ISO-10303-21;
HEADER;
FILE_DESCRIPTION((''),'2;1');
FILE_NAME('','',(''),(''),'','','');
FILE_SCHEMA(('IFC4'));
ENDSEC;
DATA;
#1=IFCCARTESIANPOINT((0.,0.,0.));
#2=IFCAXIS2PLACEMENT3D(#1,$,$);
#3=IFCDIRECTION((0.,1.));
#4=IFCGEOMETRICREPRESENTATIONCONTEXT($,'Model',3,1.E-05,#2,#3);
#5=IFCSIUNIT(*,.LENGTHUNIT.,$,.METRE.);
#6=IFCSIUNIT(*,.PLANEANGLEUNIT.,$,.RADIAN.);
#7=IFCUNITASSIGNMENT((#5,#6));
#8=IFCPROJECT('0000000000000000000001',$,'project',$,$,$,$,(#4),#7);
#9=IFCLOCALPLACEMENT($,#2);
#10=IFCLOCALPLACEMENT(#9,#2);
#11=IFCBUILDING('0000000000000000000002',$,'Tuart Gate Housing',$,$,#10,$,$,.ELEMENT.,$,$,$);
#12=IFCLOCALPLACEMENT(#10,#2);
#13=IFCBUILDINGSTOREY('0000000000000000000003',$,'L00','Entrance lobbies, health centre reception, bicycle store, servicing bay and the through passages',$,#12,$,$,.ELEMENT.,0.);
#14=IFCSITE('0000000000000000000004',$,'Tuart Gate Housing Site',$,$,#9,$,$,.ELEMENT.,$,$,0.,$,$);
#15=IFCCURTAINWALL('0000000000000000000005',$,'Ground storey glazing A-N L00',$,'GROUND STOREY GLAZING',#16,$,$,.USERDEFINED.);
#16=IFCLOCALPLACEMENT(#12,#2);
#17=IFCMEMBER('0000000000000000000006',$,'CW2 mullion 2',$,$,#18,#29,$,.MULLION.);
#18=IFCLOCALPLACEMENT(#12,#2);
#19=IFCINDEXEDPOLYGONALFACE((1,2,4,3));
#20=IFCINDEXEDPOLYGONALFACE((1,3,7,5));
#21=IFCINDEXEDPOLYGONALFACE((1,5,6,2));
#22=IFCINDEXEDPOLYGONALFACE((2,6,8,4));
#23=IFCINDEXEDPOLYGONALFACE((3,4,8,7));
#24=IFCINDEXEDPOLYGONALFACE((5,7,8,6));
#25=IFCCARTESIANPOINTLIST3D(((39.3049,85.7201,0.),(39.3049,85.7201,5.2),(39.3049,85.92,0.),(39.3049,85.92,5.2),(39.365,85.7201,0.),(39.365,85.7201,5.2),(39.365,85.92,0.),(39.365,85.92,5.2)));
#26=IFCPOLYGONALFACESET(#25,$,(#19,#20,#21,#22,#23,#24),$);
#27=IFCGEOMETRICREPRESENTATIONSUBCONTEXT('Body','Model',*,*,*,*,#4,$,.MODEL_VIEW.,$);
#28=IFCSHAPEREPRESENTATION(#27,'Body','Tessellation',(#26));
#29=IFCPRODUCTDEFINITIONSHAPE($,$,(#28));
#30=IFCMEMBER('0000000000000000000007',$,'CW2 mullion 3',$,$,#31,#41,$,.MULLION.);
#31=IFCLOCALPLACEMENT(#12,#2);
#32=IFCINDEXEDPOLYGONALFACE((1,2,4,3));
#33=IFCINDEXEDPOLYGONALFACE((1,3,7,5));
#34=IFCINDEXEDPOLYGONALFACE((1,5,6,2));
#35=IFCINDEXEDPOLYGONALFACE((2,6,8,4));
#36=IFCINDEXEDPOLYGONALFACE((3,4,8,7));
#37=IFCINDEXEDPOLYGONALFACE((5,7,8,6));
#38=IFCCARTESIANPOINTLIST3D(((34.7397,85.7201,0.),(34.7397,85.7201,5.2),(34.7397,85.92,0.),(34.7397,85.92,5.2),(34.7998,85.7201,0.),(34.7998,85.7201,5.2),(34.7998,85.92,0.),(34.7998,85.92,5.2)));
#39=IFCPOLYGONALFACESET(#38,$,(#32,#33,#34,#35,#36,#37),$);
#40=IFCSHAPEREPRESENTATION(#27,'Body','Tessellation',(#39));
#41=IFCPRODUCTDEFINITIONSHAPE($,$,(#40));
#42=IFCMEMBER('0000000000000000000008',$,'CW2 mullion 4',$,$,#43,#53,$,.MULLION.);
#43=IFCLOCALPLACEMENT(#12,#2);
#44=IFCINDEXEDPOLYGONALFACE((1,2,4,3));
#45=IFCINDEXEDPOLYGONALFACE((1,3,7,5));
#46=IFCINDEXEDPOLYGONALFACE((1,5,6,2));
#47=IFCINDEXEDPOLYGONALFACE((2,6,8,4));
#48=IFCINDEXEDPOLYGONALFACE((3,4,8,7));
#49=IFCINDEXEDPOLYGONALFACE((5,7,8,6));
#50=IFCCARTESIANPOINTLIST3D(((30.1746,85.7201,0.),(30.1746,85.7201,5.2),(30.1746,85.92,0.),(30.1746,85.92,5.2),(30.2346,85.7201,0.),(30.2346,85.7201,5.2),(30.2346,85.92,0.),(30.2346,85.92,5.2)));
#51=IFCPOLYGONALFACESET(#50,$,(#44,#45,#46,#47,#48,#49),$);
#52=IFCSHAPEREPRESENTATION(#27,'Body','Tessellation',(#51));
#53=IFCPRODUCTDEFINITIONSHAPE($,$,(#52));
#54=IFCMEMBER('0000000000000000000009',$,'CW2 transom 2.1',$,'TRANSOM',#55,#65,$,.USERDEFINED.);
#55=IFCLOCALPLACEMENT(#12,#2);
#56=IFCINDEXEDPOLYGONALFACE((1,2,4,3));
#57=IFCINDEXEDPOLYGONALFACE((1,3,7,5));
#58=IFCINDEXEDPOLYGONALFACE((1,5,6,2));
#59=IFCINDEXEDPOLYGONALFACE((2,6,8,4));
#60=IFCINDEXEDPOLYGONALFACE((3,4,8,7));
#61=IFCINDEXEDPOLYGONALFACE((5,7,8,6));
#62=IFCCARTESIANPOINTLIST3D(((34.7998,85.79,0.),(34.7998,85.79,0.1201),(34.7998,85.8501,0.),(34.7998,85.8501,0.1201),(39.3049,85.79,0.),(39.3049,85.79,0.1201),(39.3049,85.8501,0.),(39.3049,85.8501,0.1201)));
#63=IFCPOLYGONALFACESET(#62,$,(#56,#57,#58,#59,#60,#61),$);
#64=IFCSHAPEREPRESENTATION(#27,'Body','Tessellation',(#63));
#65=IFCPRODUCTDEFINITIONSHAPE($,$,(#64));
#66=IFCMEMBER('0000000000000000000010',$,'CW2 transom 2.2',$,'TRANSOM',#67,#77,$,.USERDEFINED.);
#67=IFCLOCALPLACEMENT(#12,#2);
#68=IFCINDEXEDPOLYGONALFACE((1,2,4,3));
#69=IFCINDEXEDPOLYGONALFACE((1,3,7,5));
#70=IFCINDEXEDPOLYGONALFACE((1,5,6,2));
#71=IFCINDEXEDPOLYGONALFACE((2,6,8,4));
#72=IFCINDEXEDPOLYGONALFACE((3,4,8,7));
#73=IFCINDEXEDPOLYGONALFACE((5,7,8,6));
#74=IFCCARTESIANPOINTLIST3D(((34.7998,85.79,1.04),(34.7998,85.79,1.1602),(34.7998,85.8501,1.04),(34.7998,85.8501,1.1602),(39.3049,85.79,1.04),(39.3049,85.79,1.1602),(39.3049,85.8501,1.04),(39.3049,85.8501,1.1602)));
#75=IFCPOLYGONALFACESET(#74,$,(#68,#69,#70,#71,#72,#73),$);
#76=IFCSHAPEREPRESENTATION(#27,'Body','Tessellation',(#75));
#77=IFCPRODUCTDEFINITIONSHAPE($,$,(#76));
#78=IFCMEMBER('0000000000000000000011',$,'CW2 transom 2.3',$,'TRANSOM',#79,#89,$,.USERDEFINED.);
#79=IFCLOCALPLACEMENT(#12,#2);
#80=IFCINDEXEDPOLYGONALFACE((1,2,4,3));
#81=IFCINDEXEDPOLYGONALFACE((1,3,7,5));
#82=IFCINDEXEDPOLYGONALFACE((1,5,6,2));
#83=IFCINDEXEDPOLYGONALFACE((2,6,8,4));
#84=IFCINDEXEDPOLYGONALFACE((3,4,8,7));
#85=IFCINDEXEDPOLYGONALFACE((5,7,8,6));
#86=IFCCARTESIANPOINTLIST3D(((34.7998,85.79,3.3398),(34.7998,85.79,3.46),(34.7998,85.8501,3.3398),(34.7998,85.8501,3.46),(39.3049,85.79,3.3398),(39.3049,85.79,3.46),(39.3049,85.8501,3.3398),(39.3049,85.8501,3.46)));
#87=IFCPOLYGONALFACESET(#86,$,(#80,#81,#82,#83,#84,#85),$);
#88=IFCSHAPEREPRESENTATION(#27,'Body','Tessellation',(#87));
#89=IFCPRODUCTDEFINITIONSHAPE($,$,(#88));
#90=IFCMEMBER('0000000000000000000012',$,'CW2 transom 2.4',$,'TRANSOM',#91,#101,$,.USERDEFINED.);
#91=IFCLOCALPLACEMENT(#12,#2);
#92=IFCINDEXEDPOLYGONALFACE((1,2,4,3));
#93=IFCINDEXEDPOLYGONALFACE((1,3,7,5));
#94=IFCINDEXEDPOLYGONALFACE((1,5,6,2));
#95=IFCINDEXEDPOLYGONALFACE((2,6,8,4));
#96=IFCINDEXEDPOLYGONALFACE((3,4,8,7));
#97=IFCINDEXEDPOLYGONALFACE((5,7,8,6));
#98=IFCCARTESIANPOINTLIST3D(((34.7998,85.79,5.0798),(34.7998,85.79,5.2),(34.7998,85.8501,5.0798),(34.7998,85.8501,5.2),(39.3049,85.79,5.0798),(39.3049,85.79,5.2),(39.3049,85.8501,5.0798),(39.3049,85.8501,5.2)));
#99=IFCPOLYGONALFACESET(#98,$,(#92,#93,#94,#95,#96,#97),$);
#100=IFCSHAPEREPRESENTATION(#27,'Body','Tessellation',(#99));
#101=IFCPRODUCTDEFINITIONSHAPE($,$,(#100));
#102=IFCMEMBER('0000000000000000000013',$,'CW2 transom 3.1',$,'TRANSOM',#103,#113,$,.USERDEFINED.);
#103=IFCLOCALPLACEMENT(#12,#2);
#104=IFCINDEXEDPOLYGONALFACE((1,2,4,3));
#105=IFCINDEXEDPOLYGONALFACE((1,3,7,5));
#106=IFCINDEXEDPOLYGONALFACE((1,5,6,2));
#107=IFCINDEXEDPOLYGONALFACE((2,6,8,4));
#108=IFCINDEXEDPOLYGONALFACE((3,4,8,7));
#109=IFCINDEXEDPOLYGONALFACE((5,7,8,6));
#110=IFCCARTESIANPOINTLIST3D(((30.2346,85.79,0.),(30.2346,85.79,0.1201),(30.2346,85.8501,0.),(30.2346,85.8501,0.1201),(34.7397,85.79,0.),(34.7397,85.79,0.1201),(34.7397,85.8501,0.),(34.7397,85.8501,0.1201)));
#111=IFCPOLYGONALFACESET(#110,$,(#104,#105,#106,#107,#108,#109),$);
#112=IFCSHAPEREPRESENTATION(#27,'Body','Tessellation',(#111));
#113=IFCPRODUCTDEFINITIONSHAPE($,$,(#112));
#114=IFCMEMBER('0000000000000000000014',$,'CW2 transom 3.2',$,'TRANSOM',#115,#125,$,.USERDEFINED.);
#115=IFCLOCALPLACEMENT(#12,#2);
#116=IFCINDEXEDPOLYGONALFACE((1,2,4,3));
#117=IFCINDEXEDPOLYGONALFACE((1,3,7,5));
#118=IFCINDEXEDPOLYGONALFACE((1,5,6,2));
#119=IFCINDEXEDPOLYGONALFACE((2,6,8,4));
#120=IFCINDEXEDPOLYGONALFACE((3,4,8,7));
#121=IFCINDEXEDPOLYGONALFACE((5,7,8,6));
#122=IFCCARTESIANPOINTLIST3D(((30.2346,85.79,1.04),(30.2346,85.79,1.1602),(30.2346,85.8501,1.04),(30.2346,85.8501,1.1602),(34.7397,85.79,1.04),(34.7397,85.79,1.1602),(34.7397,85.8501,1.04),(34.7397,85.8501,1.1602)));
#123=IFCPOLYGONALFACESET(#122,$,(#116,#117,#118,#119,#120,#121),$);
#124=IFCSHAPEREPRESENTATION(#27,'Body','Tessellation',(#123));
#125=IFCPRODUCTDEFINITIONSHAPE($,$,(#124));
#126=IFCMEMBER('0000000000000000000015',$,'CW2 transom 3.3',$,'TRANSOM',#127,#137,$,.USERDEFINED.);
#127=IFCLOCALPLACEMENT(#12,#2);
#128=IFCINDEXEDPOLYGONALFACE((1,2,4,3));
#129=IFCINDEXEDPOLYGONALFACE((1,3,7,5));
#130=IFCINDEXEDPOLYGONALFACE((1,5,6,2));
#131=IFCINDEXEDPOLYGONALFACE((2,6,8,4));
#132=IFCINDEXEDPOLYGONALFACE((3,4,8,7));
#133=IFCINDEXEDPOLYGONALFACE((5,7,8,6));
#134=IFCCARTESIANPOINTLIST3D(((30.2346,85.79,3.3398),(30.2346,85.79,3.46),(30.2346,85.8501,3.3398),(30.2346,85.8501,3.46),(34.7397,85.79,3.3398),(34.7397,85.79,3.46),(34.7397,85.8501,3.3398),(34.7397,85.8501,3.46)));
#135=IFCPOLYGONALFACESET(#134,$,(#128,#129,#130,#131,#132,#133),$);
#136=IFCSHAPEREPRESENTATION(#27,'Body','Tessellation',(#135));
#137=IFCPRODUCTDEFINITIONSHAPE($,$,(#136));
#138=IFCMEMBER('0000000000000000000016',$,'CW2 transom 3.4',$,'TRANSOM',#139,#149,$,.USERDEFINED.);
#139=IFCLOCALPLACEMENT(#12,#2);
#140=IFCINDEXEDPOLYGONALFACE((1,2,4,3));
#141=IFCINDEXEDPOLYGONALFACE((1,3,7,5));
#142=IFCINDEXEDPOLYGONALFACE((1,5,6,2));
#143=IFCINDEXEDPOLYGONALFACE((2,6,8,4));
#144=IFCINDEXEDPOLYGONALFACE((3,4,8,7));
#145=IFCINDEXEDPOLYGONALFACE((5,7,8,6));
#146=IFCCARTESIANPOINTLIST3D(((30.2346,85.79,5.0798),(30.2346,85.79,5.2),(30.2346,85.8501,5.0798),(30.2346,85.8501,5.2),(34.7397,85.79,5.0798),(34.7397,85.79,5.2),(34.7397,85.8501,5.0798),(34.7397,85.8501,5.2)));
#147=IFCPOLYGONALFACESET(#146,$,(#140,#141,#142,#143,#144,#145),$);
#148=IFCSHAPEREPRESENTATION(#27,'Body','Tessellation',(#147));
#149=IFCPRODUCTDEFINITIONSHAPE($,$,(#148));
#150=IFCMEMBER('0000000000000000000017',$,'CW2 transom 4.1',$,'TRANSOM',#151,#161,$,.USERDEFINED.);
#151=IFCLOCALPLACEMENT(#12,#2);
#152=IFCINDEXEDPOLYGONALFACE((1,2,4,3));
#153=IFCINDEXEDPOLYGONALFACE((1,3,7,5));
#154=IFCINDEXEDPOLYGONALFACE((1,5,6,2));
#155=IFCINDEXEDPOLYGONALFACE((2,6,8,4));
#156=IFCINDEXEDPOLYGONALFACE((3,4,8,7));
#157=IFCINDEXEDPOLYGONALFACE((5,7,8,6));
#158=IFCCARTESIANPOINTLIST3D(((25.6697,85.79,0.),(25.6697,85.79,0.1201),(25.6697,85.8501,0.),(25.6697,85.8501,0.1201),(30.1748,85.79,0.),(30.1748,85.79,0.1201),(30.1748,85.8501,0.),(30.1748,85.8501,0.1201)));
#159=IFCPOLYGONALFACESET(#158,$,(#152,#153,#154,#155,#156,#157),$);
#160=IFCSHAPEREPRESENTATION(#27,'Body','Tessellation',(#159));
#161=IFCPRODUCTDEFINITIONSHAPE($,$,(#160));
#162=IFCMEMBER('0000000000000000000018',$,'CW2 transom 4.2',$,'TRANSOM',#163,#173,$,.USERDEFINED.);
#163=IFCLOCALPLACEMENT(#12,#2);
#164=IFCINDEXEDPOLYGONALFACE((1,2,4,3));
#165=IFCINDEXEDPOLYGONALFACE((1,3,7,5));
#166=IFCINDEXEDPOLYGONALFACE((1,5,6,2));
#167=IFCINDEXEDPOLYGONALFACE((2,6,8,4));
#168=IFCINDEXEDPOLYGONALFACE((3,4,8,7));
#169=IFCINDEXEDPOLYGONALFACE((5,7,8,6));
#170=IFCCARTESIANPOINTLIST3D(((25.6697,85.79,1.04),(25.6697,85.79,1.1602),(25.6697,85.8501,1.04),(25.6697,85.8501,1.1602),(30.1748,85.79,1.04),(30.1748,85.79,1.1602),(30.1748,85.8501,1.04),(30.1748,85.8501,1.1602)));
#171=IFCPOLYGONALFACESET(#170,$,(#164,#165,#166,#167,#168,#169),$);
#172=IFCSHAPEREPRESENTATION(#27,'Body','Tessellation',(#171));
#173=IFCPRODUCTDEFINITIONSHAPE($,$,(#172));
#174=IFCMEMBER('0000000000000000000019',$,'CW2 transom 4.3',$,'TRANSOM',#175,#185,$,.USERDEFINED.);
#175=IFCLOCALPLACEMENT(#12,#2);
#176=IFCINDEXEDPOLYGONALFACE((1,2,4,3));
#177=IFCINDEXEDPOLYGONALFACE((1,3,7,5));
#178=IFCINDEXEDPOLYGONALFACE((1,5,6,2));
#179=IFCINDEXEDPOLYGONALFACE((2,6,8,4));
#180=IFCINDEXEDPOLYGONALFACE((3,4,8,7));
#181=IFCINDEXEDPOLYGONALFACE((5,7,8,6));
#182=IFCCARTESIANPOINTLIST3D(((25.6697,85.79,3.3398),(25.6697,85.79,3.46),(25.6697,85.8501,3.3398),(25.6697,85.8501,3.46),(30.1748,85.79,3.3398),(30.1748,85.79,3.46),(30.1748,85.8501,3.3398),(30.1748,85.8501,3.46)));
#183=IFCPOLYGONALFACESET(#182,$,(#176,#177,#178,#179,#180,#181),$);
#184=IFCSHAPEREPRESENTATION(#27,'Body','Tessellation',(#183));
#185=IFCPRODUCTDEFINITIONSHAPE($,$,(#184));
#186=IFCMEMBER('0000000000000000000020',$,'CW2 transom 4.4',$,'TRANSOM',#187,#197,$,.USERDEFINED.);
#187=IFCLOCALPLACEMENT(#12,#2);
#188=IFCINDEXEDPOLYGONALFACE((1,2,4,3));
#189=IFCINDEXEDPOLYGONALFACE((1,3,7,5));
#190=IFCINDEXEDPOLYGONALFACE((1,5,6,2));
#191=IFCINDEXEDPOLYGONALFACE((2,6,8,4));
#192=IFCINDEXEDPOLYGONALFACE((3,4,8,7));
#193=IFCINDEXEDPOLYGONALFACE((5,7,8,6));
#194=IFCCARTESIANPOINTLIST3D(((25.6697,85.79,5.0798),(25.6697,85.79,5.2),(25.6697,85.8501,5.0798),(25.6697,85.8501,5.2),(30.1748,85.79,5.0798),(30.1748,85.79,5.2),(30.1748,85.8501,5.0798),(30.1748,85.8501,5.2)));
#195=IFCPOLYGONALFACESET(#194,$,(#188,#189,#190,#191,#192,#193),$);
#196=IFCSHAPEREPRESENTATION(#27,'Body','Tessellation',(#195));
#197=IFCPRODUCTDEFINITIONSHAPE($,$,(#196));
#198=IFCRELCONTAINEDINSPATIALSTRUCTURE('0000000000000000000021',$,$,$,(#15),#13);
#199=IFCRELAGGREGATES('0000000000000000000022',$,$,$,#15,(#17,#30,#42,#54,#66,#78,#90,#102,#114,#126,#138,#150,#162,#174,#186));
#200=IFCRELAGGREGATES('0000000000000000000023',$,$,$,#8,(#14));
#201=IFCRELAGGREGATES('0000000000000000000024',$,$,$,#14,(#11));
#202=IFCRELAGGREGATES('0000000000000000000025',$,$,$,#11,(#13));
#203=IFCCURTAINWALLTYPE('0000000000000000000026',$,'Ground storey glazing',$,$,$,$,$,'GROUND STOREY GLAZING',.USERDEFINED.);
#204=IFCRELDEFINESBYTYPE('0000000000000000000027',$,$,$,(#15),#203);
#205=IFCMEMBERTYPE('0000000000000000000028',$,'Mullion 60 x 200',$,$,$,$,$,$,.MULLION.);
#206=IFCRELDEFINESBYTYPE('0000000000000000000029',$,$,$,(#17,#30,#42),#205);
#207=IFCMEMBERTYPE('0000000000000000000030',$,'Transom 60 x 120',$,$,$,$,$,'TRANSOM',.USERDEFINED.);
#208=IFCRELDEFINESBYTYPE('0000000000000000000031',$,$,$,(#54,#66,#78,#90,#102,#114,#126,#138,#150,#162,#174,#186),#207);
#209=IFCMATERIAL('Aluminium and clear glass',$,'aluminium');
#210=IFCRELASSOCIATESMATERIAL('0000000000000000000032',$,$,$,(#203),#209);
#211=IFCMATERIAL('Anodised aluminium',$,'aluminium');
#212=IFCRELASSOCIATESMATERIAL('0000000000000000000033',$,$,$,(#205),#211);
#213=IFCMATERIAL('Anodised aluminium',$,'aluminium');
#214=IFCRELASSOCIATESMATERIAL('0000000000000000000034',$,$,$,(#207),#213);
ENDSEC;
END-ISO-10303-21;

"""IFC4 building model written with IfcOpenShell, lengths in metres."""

from ifc_helpers import new_model, si_unit, direction, frame, origin, origin_2d, place, context, subcontext, project, spatial, rectangle, extrude, material, material_profile, profile_set, type_object, element, aggregate, save


model = new_model("IFC4")

# Units and contexts
model_context = context("Model", 3, precision=1e-05, world=origin(), true_north=direction((0.0, 1.0)))
body_context = subcontext(model_context, "Body", "Model", "MODEL_VIEW")
ifc_project = project(units=[si_unit("LENGTHUNIT", "METRE"), si_unit("PLANEANGLEUNIT", "RADIAN")], contexts=[model_context])

# Site, building, storey
site_placement = place(None, origin())
site = spatial("IfcSite", under=ifc_project, at=site_placement, Name="Tuart Gate Housing Site", CompositionType="ELEMENT", RefElevation=0.0)
building_placement = place(site_placement, origin())
building = spatial("IfcBuilding", under=site, at=building_placement, Name="Tuart Gate Housing", CompositionType="ELEMENT")
storey_placement = place(building_placement, origin())
storey = spatial("IfcBuildingStorey", under=building, at=storey_placement, Name="L00", Description="Entrance lobbies, health centre reception, bicycle store, servicing bay and the through passages", CompositionType="ELEMENT", Elevation=0.0)

# Curtain wall, members
ifc_material_1 = material(Name="Aluminium and clear glass", Category="aluminium")
curtain_wall_type = type_object("IfcCurtainWallType", Name="Ground storey glazing", ElementType="GROUND STOREY GLAZING", PredefinedType="USERDEFINED", material=ifc_material_1)
curtain_wall_placement = place(storey_placement, origin())
curtain_wall = element("IfcCurtainWall", 1, at=curtain_wall_placement, inside=storey, type_object=curtain_wall_type, Name="Ground storey glazing A-N L00", ObjectType="GROUND STOREY GLAZING", PredefinedType="USERDEFINED")
ifc_material_2 = material(Name="Anodised aluminium", Category="aluminium")
ifc_material_profile_1 = material_profile(ifc_material_2, rectangle(XDim=0.0601, YDim=0.2, at=origin_2d()), Name="60x200")
ifc_profile_set_1 = profile_set([ifc_material_profile_1], Name="Anodised aluminium")
member_type_1 = type_object("IfcMemberType", Name="Mullion 60 x 200", PredefinedType="MULLION", material=ifc_profile_set_1)
member_1_placement = place(storey_placement, frame((39.335, 85.8201, 0.0), z_axis=(0.0, 0.0, 1.0), x_axis=(-1.0, 0.0, 0.0)))
member_1 = element("IfcMember", 2, at=member_1_placement, type_object=member_type_1, Name="CW2 mullion 2", PredefinedType="MULLION", context=body_context, shape_type="SweptSolid", body=[
    extrude(rectangle(XDim=0.0601, YDim=0.2, at=origin_2d()), origin(), (0.0, 0.0, 1.0), 5.2),
])
member_2_placement = place(storey_placement, frame((34.7698, 85.8201, 0.0), z_axis=(0.0, 0.0, 1.0), x_axis=(-1.0, 0.0, 0.0)))
member_2 = element("IfcMember", 3, at=member_2_placement, type_object=member_type_1, Name="CW2 mullion 3", PredefinedType="MULLION", context=body_context, shape_type="SweptSolid", body=[
    extrude(rectangle(XDim=0.0601, YDim=0.2, at=origin_2d()), origin(), (0.0, 0.0, 1.0), 5.2),
])
member_3_placement = place(storey_placement, frame((30.2046, 85.8201, 0.0), z_axis=(0.0, 0.0, 1.0), x_axis=(-1.0, 0.0, 0.0)))
member_3 = element("IfcMember", 4, at=member_3_placement, type_object=member_type_1, Name="CW2 mullion 4", PredefinedType="MULLION", context=body_context, shape_type="SweptSolid", body=[
    extrude(rectangle(XDim=0.0601, YDim=0.2, at=origin_2d()), origin(), (0.0, 0.0, 1.0), 5.2),
])
ifc_material_3 = material(Name="Anodised aluminium", Category="aluminium")
ifc_material_profile_2 = material_profile(ifc_material_3, rectangle(XDim=0.0601, YDim=0.1201, at=origin_2d()), Name="60x120")
ifc_profile_set_2 = profile_set([ifc_material_profile_2], Name="Anodised aluminium")
member_type_2 = type_object("IfcMemberType", Name="Transom 60 x 120", ElementType="TRANSOM", PredefinedType="USERDEFINED", material=ifc_profile_set_2)
member_4_placement = place(storey_placement, frame((39.3049, 85.8201, 0.0601), z_axis=(-1.0, 0.0, 0.0), x_axis=(0.0, -1.0, 0.0)))
member_4 = element("IfcMember", 5, at=member_4_placement, type_object=member_type_2, Name="CW2 transom 2.1", ObjectType="TRANSOM", PredefinedType="USERDEFINED", context=body_context, shape_type="SweptSolid", body=[
    extrude(rectangle(XDim=0.0601, YDim=0.1201, at=origin_2d()), origin(), (0.0, 0.0, 1.0), 4.5051),
])
member_5_placement = place(storey_placement, frame((39.3049, 85.8201, 1.1001), z_axis=(-1.0, 0.0, 0.0), x_axis=(0.0, -1.0, 0.0)))
member_5 = element("IfcMember", 6, at=member_5_placement, type_object=member_type_2, Name="CW2 transom 2.2", ObjectType="TRANSOM", PredefinedType="USERDEFINED", context=body_context, shape_type="SweptSolid", body=[
    extrude(rectangle(XDim=0.0601, YDim=0.1201, at=origin_2d()), origin(), (0.0, 0.0, 1.0), 4.5051),
])
member_6_placement = place(storey_placement, frame((39.3049, 85.8201, 3.3999), z_axis=(-1.0, 0.0, 0.0), x_axis=(0.0, -1.0, 0.0)))
member_6 = element("IfcMember", 7, at=member_6_placement, type_object=member_type_2, Name="CW2 transom 2.3", ObjectType="TRANSOM", PredefinedType="USERDEFINED", context=body_context, shape_type="SweptSolid", body=[
    extrude(rectangle(XDim=0.0601, YDim=0.1201, at=origin_2d()), origin(), (0.0, 0.0, 1.0), 4.5051),
])
member_7_placement = place(storey_placement, frame((39.3049, 85.8201, 5.1399), z_axis=(-1.0, 0.0, 0.0), x_axis=(0.0, -1.0, 0.0)))
member_7 = element("IfcMember", 8, at=member_7_placement, type_object=member_type_2, Name="CW2 transom 2.4", ObjectType="TRANSOM", PredefinedType="USERDEFINED", context=body_context, shape_type="SweptSolid", body=[
    extrude(rectangle(XDim=0.0601, YDim=0.1201, at=origin_2d()), origin(), (0.0, 0.0, 1.0), 4.5051),
])
member_8_placement = place(storey_placement, frame((34.7397, 85.8201, 0.0601), z_axis=(-1.0, 0.0, 0.0), x_axis=(0.0, -1.0, 0.0)))
member_8 = element("IfcMember", 9, at=member_8_placement, type_object=member_type_2, Name="CW2 transom 3.1", ObjectType="TRANSOM", PredefinedType="USERDEFINED", context=body_context, shape_type="SweptSolid", body=[
    extrude(rectangle(XDim=0.0601, YDim=0.1201, at=origin_2d()), origin(), (0.0, 0.0, 1.0), 4.5051),
])
member_9_placement = place(storey_placement, frame((34.7397, 85.8201, 1.1001), z_axis=(-1.0, 0.0, 0.0), x_axis=(0.0, -1.0, 0.0)))
member_9 = element("IfcMember", 10, at=member_9_placement, type_object=member_type_2, Name="CW2 transom 3.2", ObjectType="TRANSOM", PredefinedType="USERDEFINED", context=body_context, shape_type="SweptSolid", body=[
    extrude(rectangle(XDim=0.0601, YDim=0.1201, at=origin_2d()), origin(), (0.0, 0.0, 1.0), 4.5051),
])
member_10_placement = place(storey_placement, frame((34.7397, 85.8201, 3.3999), z_axis=(-1.0, 0.0, 0.0), x_axis=(0.0, -1.0, 0.0)))
member_10 = element("IfcMember", 11, at=member_10_placement, type_object=member_type_2, Name="CW2 transom 3.3", ObjectType="TRANSOM", PredefinedType="USERDEFINED", context=body_context, shape_type="SweptSolid", body=[
    extrude(rectangle(XDim=0.0601, YDim=0.1201, at=origin_2d()), origin(), (0.0, 0.0, 1.0), 4.5051),
])
member_11_placement = place(storey_placement, frame((34.7397, 85.8201, 5.1399), z_axis=(-1.0, 0.0, 0.0), x_axis=(0.0, -1.0, 0.0)))
member_11 = element("IfcMember", 12, at=member_11_placement, type_object=member_type_2, Name="CW2 transom 3.4", ObjectType="TRANSOM", PredefinedType="USERDEFINED", context=body_context, shape_type="SweptSolid", body=[
    extrude(rectangle(XDim=0.0601, YDim=0.1201, at=origin_2d()), origin(), (0.0, 0.0, 1.0), 4.5051),
])
member_12_placement = place(storey_placement, frame((30.1748, 85.8201, 0.0601), z_axis=(-1.0, 0.0, 0.0), x_axis=(0.0, -1.0, 0.0)))
member_12 = element("IfcMember", 13, at=member_12_placement, type_object=member_type_2, Name="CW2 transom 4.1", ObjectType="TRANSOM", PredefinedType="USERDEFINED", context=body_context, shape_type="SweptSolid", body=[
    extrude(rectangle(XDim=0.0601, YDim=0.1201, at=origin_2d()), origin(), (0.0, 0.0, 1.0), 4.5051),
])
member_13_placement = place(storey_placement, frame((30.1748, 85.8201, 1.1001), z_axis=(-1.0, 0.0, 0.0), x_axis=(0.0, -1.0, 0.0)))
member_13 = element("IfcMember", 14, at=member_13_placement, type_object=member_type_2, Name="CW2 transom 4.2", ObjectType="TRANSOM", PredefinedType="USERDEFINED", context=body_context, shape_type="SweptSolid", body=[
    extrude(rectangle(XDim=0.0601, YDim=0.1201, at=origin_2d()), origin(), (0.0, 0.0, 1.0), 4.5051),
])
member_14_placement = place(storey_placement, frame((30.1748, 85.8201, 3.3999), z_axis=(-1.0, 0.0, 0.0), x_axis=(0.0, -1.0, 0.0)))
member_14 = element("IfcMember", 15, at=member_14_placement, type_object=member_type_2, Name="CW2 transom 4.3", ObjectType="TRANSOM", PredefinedType="USERDEFINED", context=body_context, shape_type="SweptSolid", body=[
    extrude(rectangle(XDim=0.0601, YDim=0.1201, at=origin_2d()), origin(), (0.0, 0.0, 1.0), 4.5051),
])
member_15_placement = place(storey_placement, frame((30.1748, 85.8201, 5.1399), z_axis=(-1.0, 0.0, 0.0), x_axis=(0.0, -1.0, 0.0)))
member_15 = element("IfcMember", 16, at=member_15_placement, type_object=member_type_2, Name="CW2 transom 4.4", ObjectType="TRANSOM", PredefinedType="USERDEFINED", context=body_context, shape_type="SweptSolid", body=[
    extrude(rectangle(XDim=0.0601, YDim=0.1201, at=origin_2d()), origin(), (0.0, 0.0, 1.0), 4.5051),
])
aggregate(curtain_wall, [member_1, member_2, member_3, member_4, member_5, member_6, member_7, member_8, member_9, member_10, member_11, member_12, member_13, member_14, member_15])

save(model, "model.ifc")
